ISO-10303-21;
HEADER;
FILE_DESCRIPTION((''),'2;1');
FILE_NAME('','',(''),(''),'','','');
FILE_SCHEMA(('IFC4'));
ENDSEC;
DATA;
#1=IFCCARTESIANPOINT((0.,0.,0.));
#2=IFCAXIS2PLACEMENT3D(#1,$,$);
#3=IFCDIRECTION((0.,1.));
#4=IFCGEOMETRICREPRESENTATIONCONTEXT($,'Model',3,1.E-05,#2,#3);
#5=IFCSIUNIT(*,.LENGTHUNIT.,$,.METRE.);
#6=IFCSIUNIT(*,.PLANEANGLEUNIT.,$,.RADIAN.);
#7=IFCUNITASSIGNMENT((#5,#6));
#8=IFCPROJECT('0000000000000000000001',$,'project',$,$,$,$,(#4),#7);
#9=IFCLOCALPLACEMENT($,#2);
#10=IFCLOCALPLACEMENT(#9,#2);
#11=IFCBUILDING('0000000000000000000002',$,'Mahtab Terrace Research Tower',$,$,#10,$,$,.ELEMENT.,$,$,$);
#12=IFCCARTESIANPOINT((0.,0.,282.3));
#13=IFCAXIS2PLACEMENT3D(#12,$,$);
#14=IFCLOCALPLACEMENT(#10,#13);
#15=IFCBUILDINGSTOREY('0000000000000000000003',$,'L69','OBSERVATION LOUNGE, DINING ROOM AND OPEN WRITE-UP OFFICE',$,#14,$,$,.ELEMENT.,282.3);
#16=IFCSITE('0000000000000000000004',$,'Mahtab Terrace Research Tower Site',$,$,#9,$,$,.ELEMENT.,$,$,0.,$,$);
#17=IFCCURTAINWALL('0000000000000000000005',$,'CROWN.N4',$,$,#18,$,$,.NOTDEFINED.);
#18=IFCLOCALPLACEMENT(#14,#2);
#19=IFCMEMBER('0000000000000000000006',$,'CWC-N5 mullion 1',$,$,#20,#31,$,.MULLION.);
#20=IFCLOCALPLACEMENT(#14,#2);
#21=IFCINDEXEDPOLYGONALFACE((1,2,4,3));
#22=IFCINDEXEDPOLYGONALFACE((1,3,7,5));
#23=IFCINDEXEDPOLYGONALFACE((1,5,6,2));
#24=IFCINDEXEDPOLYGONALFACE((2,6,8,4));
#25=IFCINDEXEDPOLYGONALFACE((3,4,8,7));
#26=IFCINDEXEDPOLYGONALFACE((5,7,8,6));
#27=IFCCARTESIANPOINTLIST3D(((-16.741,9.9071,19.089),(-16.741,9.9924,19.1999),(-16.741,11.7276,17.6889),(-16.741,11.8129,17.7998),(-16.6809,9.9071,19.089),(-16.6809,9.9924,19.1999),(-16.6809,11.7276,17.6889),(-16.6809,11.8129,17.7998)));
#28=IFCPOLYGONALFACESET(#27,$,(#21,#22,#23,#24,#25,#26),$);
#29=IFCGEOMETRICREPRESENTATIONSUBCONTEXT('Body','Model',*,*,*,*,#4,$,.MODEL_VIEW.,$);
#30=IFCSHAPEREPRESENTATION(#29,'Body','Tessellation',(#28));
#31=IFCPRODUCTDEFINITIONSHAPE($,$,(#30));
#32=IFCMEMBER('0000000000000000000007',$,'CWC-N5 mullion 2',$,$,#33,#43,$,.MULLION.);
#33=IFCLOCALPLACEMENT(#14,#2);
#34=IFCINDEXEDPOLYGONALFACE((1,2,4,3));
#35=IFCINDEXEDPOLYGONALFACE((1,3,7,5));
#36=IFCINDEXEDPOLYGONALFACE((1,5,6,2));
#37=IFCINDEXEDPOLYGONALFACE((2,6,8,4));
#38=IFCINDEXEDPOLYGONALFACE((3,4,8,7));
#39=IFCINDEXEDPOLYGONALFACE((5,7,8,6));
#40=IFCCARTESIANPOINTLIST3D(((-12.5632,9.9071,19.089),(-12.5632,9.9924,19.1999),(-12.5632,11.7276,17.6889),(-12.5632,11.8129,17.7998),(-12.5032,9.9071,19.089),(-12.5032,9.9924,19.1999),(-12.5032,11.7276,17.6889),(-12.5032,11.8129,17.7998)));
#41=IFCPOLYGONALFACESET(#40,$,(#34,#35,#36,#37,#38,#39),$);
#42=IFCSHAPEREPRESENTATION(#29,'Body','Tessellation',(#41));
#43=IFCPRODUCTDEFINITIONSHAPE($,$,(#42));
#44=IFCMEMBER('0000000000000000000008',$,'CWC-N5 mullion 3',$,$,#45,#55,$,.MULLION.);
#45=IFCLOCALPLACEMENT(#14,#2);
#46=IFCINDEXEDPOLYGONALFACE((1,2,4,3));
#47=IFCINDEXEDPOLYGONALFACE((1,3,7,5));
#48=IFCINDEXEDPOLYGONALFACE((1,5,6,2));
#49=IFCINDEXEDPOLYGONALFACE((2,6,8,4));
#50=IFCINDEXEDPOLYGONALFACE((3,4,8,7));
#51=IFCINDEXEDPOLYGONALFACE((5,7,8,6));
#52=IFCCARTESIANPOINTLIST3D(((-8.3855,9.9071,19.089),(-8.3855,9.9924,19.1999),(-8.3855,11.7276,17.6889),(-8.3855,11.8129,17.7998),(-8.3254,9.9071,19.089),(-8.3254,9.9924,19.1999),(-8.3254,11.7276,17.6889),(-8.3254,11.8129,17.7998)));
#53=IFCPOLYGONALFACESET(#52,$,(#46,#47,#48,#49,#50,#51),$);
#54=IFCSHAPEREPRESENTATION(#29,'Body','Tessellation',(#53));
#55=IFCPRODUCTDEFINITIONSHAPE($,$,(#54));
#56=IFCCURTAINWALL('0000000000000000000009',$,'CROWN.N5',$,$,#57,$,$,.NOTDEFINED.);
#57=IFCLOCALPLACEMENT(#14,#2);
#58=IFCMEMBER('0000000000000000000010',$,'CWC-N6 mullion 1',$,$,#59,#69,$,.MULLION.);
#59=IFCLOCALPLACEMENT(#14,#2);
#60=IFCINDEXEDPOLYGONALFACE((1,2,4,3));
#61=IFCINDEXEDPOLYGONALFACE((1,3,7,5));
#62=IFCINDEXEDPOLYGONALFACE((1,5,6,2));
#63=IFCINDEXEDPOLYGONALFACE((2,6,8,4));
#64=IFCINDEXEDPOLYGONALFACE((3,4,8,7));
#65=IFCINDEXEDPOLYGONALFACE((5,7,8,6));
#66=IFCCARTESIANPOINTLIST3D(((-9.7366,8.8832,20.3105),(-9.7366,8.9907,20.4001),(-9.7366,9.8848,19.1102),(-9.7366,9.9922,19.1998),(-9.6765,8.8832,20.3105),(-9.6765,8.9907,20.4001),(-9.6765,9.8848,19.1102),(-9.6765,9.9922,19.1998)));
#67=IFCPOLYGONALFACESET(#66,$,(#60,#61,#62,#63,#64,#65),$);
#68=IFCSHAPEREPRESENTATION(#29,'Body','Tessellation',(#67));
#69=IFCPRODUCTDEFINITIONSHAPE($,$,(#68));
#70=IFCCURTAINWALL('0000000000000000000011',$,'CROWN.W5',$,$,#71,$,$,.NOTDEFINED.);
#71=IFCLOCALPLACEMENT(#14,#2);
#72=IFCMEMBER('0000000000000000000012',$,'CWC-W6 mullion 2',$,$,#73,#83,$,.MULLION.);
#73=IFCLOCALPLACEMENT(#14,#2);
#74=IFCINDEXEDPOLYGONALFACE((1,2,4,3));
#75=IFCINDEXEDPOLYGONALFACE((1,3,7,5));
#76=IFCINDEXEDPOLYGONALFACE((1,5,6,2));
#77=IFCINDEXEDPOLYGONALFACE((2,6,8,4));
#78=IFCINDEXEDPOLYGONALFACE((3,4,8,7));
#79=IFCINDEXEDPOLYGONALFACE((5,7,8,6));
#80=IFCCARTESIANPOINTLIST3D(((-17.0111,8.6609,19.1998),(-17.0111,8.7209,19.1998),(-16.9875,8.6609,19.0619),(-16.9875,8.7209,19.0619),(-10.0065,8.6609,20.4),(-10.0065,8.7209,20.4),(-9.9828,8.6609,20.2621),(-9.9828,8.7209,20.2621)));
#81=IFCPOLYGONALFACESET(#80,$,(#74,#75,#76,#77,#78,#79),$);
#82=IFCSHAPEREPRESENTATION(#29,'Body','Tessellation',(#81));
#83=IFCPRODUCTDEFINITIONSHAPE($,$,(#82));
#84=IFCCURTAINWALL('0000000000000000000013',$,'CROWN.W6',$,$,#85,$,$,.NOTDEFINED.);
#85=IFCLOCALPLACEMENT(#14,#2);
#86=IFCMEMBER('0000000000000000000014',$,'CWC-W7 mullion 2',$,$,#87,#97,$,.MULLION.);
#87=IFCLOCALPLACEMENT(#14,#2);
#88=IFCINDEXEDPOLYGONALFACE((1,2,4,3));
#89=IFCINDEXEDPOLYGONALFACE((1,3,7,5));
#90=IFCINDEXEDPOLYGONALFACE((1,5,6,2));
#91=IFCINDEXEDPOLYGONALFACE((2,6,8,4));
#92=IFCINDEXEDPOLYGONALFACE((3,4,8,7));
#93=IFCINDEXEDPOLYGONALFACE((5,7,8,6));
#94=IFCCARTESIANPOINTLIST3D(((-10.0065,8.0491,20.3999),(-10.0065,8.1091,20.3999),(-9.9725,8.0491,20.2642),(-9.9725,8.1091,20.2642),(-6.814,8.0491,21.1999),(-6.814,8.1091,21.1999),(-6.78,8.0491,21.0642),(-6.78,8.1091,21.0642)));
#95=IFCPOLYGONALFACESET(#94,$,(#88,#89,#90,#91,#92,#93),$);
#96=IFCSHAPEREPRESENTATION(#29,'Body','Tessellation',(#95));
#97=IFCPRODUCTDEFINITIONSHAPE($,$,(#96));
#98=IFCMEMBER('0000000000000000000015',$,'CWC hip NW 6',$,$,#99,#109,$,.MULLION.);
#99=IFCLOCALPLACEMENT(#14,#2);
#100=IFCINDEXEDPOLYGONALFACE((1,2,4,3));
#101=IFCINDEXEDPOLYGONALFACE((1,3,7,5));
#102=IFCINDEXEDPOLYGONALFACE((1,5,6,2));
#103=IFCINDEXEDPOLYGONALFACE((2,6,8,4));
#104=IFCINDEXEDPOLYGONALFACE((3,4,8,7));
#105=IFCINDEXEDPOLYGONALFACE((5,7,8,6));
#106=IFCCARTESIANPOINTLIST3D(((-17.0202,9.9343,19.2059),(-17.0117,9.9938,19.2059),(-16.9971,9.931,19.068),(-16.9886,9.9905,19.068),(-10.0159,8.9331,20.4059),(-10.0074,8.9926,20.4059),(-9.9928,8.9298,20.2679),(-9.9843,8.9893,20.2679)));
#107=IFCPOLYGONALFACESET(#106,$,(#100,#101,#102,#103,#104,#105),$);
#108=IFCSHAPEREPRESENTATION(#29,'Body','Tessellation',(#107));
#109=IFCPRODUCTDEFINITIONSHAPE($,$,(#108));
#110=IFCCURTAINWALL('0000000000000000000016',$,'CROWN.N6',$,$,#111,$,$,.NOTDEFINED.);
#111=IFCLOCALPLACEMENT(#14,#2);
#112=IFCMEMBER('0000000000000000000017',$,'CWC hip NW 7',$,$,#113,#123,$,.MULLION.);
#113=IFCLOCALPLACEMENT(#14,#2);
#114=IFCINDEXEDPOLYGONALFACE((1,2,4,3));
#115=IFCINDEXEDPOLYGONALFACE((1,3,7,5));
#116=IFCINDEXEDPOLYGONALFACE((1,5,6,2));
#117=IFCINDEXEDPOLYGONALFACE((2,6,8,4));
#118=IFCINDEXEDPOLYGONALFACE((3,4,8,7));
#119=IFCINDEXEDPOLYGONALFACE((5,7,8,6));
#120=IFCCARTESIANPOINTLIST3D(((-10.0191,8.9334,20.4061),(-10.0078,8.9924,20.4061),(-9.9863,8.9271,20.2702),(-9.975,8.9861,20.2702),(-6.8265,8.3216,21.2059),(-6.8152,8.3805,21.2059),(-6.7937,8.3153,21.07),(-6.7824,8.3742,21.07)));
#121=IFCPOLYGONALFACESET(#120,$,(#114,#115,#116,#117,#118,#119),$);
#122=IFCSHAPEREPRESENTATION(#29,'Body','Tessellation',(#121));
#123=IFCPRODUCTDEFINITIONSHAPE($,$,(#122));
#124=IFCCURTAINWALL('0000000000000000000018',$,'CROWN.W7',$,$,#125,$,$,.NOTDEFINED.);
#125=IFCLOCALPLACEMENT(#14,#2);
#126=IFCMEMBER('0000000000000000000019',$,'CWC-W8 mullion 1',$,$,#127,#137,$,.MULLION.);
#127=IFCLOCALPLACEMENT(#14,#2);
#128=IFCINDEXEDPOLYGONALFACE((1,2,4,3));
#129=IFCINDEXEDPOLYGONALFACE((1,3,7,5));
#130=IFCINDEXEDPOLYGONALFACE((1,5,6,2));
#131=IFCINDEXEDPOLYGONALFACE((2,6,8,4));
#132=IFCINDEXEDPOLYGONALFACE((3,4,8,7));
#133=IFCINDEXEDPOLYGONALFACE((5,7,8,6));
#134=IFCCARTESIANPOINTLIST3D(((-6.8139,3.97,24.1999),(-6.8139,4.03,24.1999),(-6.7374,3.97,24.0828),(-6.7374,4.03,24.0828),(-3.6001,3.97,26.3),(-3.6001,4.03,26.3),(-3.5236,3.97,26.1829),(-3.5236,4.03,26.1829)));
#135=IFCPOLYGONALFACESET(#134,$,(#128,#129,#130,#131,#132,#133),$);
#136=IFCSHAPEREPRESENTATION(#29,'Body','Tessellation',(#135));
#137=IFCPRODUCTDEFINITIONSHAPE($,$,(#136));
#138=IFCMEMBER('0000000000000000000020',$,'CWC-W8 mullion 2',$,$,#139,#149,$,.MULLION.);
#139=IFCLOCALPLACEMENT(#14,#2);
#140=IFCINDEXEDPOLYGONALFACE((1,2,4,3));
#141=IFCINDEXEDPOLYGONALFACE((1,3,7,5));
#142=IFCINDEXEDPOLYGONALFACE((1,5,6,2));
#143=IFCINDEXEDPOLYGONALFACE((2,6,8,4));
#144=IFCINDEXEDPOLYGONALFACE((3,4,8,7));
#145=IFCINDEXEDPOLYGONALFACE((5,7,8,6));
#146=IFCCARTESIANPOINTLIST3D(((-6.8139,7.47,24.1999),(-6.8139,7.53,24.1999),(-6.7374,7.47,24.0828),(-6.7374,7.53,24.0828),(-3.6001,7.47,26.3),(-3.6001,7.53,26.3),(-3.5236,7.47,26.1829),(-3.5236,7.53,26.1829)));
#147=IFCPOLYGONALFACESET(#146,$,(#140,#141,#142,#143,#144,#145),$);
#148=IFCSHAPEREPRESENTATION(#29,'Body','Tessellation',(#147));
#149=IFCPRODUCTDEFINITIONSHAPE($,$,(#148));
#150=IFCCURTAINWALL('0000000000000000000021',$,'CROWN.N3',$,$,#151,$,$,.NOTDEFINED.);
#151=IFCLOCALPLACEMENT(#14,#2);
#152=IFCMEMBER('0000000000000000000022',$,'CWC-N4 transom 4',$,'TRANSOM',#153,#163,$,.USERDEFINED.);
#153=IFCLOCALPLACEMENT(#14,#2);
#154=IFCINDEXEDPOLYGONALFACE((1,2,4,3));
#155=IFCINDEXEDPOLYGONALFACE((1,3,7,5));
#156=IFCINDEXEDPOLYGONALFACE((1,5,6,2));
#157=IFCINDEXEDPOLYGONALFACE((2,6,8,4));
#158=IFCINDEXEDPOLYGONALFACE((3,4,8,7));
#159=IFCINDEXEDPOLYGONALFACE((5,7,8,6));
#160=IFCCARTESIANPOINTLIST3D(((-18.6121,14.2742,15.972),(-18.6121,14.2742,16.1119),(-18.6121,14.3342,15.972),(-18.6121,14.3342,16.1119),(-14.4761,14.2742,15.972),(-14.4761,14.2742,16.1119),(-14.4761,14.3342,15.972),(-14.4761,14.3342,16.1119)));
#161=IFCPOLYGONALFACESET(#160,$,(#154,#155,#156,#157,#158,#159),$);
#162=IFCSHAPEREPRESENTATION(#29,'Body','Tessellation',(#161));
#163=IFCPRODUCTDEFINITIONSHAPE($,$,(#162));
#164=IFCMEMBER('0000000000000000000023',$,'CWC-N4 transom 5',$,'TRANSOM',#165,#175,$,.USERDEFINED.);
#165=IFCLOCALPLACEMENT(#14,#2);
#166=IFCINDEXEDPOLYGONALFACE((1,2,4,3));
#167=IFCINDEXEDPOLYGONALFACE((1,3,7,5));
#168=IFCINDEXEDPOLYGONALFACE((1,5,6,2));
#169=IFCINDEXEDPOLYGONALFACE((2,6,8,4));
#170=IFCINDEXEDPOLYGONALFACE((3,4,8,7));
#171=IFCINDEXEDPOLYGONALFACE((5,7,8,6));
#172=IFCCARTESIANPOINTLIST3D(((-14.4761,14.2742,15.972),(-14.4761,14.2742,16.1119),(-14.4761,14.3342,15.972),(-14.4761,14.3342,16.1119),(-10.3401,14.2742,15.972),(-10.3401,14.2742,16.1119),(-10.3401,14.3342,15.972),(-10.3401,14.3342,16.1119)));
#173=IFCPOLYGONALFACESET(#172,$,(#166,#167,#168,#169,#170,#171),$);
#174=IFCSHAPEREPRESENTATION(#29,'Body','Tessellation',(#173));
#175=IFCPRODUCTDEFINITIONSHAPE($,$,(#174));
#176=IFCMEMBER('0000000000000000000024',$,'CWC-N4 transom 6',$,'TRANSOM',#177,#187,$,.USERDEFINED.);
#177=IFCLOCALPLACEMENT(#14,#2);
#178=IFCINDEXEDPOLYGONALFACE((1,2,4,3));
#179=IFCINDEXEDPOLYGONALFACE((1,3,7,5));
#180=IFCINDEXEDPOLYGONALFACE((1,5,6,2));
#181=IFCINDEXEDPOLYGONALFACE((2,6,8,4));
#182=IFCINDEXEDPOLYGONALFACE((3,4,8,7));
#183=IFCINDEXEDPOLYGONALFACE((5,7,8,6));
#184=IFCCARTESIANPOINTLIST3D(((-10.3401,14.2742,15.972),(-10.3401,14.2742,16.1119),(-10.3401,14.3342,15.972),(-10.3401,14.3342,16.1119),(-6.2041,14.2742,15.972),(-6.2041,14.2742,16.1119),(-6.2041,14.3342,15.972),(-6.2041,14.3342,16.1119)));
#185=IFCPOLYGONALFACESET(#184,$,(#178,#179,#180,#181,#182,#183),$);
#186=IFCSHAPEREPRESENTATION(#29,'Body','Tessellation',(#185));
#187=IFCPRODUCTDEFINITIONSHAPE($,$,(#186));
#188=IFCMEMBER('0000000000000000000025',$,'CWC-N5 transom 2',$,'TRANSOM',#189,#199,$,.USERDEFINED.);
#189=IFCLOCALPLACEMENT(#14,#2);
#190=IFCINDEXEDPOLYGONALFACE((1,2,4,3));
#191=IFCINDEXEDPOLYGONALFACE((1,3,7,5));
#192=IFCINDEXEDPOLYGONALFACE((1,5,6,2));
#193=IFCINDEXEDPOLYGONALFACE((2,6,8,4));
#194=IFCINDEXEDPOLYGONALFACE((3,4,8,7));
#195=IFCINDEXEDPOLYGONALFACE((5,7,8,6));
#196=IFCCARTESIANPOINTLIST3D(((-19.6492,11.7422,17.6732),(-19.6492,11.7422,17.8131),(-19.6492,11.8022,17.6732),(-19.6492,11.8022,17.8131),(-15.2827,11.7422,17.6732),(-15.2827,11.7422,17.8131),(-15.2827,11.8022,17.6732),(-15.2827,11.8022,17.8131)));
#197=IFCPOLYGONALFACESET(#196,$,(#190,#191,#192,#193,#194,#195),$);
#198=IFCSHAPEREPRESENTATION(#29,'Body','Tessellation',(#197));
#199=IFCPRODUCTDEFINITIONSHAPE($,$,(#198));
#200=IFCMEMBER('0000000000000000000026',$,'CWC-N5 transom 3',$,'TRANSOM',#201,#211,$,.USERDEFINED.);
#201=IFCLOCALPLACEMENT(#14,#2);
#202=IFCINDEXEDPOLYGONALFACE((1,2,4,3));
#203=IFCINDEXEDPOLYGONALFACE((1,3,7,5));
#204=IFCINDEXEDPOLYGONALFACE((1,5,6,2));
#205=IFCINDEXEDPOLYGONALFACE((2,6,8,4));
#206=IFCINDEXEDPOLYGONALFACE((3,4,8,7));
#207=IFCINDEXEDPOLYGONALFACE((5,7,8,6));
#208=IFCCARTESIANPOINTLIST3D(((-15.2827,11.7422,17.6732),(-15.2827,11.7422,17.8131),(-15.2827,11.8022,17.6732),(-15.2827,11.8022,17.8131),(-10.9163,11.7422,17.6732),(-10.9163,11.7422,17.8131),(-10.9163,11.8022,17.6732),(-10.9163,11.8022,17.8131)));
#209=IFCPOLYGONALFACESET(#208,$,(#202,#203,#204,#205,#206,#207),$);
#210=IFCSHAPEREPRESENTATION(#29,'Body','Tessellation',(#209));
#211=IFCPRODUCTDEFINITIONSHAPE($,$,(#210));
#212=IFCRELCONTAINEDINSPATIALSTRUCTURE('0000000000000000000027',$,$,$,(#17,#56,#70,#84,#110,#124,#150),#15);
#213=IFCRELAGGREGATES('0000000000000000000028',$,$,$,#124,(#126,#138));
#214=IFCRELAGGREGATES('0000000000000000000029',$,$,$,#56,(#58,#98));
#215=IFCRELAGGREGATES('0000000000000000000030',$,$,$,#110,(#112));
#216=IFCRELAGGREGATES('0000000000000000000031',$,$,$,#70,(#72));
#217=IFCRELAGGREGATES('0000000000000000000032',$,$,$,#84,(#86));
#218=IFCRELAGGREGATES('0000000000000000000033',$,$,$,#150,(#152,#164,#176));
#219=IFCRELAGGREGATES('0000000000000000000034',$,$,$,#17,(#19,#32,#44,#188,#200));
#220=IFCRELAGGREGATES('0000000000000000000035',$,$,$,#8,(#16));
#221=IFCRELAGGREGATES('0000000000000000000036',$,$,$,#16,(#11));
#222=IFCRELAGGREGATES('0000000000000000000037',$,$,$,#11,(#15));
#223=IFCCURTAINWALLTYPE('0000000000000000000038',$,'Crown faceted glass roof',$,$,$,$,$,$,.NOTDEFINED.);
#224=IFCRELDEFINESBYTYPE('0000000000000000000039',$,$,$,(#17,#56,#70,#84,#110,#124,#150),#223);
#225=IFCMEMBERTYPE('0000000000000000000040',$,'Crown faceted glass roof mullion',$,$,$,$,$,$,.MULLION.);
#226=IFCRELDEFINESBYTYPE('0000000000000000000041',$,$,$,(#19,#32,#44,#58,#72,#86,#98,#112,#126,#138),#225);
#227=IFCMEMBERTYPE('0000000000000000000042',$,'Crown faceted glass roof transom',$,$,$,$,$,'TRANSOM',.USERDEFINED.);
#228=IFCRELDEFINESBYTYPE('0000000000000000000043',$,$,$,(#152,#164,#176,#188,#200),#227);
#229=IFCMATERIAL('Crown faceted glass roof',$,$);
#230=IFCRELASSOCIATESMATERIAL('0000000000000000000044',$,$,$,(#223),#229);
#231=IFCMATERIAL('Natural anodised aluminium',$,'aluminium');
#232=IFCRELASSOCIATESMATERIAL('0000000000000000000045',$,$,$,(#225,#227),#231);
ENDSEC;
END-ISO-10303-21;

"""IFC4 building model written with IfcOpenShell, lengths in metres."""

from ifc_helpers import new_model, si_unit, direction, frame, origin, origin_2d, place, context, subcontext, project, spatial, rectangle, extrude, material, material_profile, profile_set, type_object, element, aggregate, save


model = new_model("IFC4")

# Units and contexts
model_context = context("Model", 3, precision=1e-05, world=origin(), true_north=direction((0.0, 1.0)))
body_context = subcontext(model_context, "Body", "Model", "MODEL_VIEW")
ifc_project = project(units=[si_unit("LENGTHUNIT", "METRE"), si_unit("PLANEANGLEUNIT", "RADIAN")], contexts=[model_context])

# Site, building, storey
site_placement = place(None, origin())
site = spatial("IfcSite", under=ifc_project, at=site_placement, Name="Mahtab Terrace Research Tower Site", CompositionType="ELEMENT", RefElevation=0.0)
building_placement = place(site_placement, origin())
building = spatial("IfcBuilding", under=site, at=building_placement, Name="Mahtab Terrace Research Tower", CompositionType="ELEMENT")
storey_placement = place(building_placement, frame((0.0, 0.0, 282.3)))
storey = spatial("IfcBuildingStorey", under=building, at=storey_placement, Name="L69", Description="OBSERVATION LOUNGE, DINING ROOM AND OPEN WRITE-UP OFFICE", CompositionType="ELEMENT", Elevation=282.3)

# Curtain wall, members
ifc_material_1 = material(Name="Crown faceted glass roof")
curtain_wall_type = type_object("IfcCurtainWallType", Name="Crown faceted glass roof", PredefinedType="NOTDEFINED", material=ifc_material_1)
curtain_wall_1_placement = place(storey_placement, origin())
curtain_wall_1 = element("IfcCurtainWall", 1, at=curtain_wall_1_placement, inside=storey, type_object=curtain_wall_type, Name="CROWN.N4", PredefinedType="NOTDEFINED")
ifc_material_2 = material(Name="Natural anodised aluminium", Category="aluminium")
ifc_material_profile_1 = material_profile(ifc_material_2, rectangle(XDim=0.0601, YDim=0.1399, at=origin_2d()), Name="MULLION 60x140")
ifc_profile_set_1 = profile_set([ifc_material_profile_1], Name="Natural anodised aluminium")
member_type_1 = type_object("IfcMemberType", Name="Crown faceted glass roof mullion", PredefinedType="MULLION", material=ifc_profile_set_1)
member_1_placement = place(storey_placement, frame((-16.7109, 11.7703, 17.7444), z_axis=(0.0, -0.792683, 0.609634), x_axis=(1.0, 0.0, 0.0)))
member_1 = element("IfcMember", 2, at=member_1_placement, type_object=member_type_1, Name="CWC-N5 mullion 1", PredefinedType="MULLION", context=body_context, shape_type="SweptSolid", body=[
    extrude(rectangle(XDim=0.0601, YDim=0.1399, at=origin_2d()), origin(), (0.0, 0.0, 1.0), 2.2966),
])
member_2_placement = place(storey_placement, frame((-12.5332, 11.7703, 17.7444), z_axis=(0.0, -0.792683, 0.609634), x_axis=(1.0, 0.0, 0.0)))
member_2 = element("IfcMember", 3, at=member_2_placement, type_object=member_type_1, Name="CWC-N5 mullion 2", PredefinedType="MULLION", context=body_context, shape_type="SweptSolid", body=[
    extrude(rectangle(XDim=0.0601, YDim=0.1399, at=origin_2d()), origin(), (0.0, 0.0, 1.0), 2.2966),
])
member_3_placement = place(storey_placement, frame((-8.3555, 11.7703, 17.7444), z_axis=(0.0, -0.792683, 0.609634), x_axis=(1.0, 0.0, 0.0)))
member_3 = element("IfcMember", 4, at=member_3_placement, type_object=member_type_1, Name="CWC-N5 mullion 3", PredefinedType="MULLION", context=body_context, shape_type="SweptSolid", body=[
    extrude(rectangle(XDim=0.0601, YDim=0.1399, at=origin_2d()), origin(), (0.0, 0.0, 1.0), 2.2966),
])

# Curtain walls, members
curtain_wall_2_placement = place(storey_placement, origin())
curtain_wall_2 = element("IfcCurtainWall", 5, at=curtain_wall_2_placement, inside=storey, type_object=curtain_wall_type, Name="CROWN.N5", PredefinedType="NOTDEFINED")
member_4_placement = place(storey_placement, frame((-9.7065, 9.9385, 19.155), z_axis=(0.0, -0.640676, 0.767811), x_axis=(1.0, 0.0, 0.0)))
member_4 = element("IfcMember", 6, at=member_4_placement, type_object=member_type_1, Name="CWC-N6 mullion 1", PredefinedType="MULLION", context=body_context, shape_type="SweptSolid", body=[
    extrude(rectangle(XDim=0.0601, YDim=0.1399, at=origin_2d()), origin(), (0.0, 0.0, 1.0), 1.5632),
])
curtain_wall_3_placement = place(storey_placement, origin())
curtain_wall_3 = element("IfcCurtainWall", 7, at=curtain_wall_3_placement, inside=storey, type_object=curtain_wall_type, Name="CROWN.W5", PredefinedType="NOTDEFINED")
member_5_placement = place(storey_placement, frame((-16.9993, 8.6909, 19.1309), z_axis=(0.985636, 0.0, 0.168882), x_axis=(0.0, 1.0, 0.0)))
member_5 = element("IfcMember", 8, at=member_5_placement, type_object=member_type_1, Name="CWC-W6 mullion 2", PredefinedType="MULLION", context=body_context, shape_type="SweptSolid", body=[
    extrude(rectangle(XDim=0.0601, YDim=0.1399, at=origin_2d()), origin(), (0.0, 0.0, 1.0), 7.1067),
])
curtain_wall_4_placement = place(storey_placement, origin())
curtain_wall_4 = element("IfcCurtainWall", 9, at=curtain_wall_4_placement, inside=storey, type_object=curtain_wall_type, Name="CROWN.W6", PredefinedType="NOTDEFINED")
member_6_placement = place(storey_placement, frame((-9.9895, 8.0791, 20.332), z_axis=(0.970007, 0.0, 0.243077), x_axis=(0.0, 1.0, 0.0)))
member_6 = element("IfcMember", 10, at=member_6_placement, type_object=member_type_1, Name="CWC-W7 mullion 2", PredefinedType="MULLION", context=body_context, shape_type="SweptSolid", body=[
    extrude(rectangle(XDim=0.0601, YDim=0.1399, at=origin_2d()), origin(), (0.0, 0.0, 1.0), 3.2913),
])

# Member
member_7_placement = place(storey_placement, frame((-17.0044, 9.9624, 19.137), z_axis=(0.976002, -0.139511, 0.167203), x_axis=(0.141503, 0.989938, 0.0)))
member_7 = element("IfcMember", 11, at=member_7_placement, type_object=member_type_1, Name="CWC hip NW 6", PredefinedType="MULLION", context=body_context, shape_type="SweptSolid", body=[
    extrude(rectangle(XDim=0.0601, YDim=0.1399, at=origin_2d()), origin(), (0.0, 0.0, 1.0), 7.1765),
])

# Curtain wall, member
curtain_wall_5_placement = place(storey_placement, origin())
curtain_wall_5 = element("IfcCurtainWall", 12, at=curtain_wall_5_placement, inside=storey, type_object=curtain_wall_type, Name="CROWN.N6", PredefinedType="NOTDEFINED")
member_8_placement = place(storey_placement, frame((-9.9971, 8.9597, 20.3381), z_axis=(0.953687, -0.182759, 0.238914), x_axis=(0.188209, 0.982129, 0.0)))
member_8 = element("IfcMember", 13, at=member_8_placement, type_object=member_type_1, Name="CWC hip NW 7", PredefinedType="MULLION", context=body_context, shape_type="SweptSolid", body=[
    extrude(rectangle(XDim=0.0601, YDim=0.1399, at=origin_2d()), origin(), (0.0, 0.0, 1.0), 3.3477),
])

# Curtain walls, members
curtain_wall_6_placement = place(storey_placement, origin())
curtain_wall_6 = element("IfcCurtainWall", 14, at=curtain_wall_6_placement, inside=storey, type_object=curtain_wall_type, Name="CROWN.W7", PredefinedType="NOTDEFINED")
member_9_placement = place(storey_placement, frame((-6.7756, 4.0, 24.1414), z_axis=(0.837122, 0.0, 0.547016), x_axis=(0.0, 1.0, 0.0)))
member_9 = element("IfcMember", 15, at=member_9_placement, type_object=member_type_1, Name="CWC-W8 mullion 1", PredefinedType="MULLION", context=body_context, shape_type="SweptSolid", body=[
    extrude(rectangle(XDim=0.0601, YDim=0.1399, at=origin_2d()), origin(), (0.0, 0.0, 1.0), 3.8391),
])
member_10_placement = place(storey_placement, frame((-6.7756, 7.5, 24.1414), z_axis=(0.837122, 0.0, 0.547016), x_axis=(0.0, 1.0, 0.0)))
member_10 = element("IfcMember", 16, at=member_10_placement, type_object=member_type_1, Name="CWC-W8 mullion 2", PredefinedType="MULLION", context=body_context, shape_type="SweptSolid", body=[
    extrude(rectangle(XDim=0.0601, YDim=0.1399, at=origin_2d()), origin(), (0.0, 0.0, 1.0), 3.8391),
])
aggregate(curtain_wall_6, [member_9, member_10])
curtain_wall_7_placement = place(storey_placement, origin())
curtain_wall_7 = element("IfcCurtainWall", 17, at=curtain_wall_7_placement, inside=storey, type_object=curtain_wall_type, Name="CROWN.N3", PredefinedType="NOTDEFINED")
ifc_material_profile_2 = material_profile(ifc_material_2, rectangle(XDim=0.0601, YDim=0.1399, at=origin_2d()), Name="TRANSOM 60x140")
ifc_profile_set_2 = profile_set([ifc_material_profile_2], Name="Natural anodised aluminium")
member_type_2 = type_object("IfcMemberType", Name="Crown faceted glass roof transom", ElementType="TRANSOM", PredefinedType="USERDEFINED", material=ifc_profile_set_2)
member_11_placement = place(storey_placement, frame((-18.6121, 14.3042, 16.042), z_axis=(1.0, 0.0, 0.0), x_axis=(0.0, 1.0, 0.0)))
member_11 = element("IfcMember", 18, at=member_11_placement, type_object=member_type_2, Name="CWC-N4 transom 4", ObjectType="TRANSOM", PredefinedType="USERDEFINED", context=body_context, shape_type="SweptSolid", body=[
    extrude(rectangle(XDim=0.0601, YDim=0.1399, at=origin_2d()), origin(), (0.0, 0.0, 1.0), 4.136),
])
member_12_placement = place(storey_placement, frame((-14.4761, 14.3042, 16.042), z_axis=(1.0, 0.0, 0.0), x_axis=(0.0, 1.0, 0.0)))
member_12 = element("IfcMember", 19, at=member_12_placement, type_object=member_type_2, Name="CWC-N4 transom 5", ObjectType="TRANSOM", PredefinedType="USERDEFINED", context=body_context, shape_type="SweptSolid", body=[
    extrude(rectangle(XDim=0.0601, YDim=0.1399, at=origin_2d()), origin(), (0.0, 0.0, 1.0), 4.136),
])
member_13_placement = place(storey_placement, frame((-10.3401, 14.3042, 16.042), z_axis=(1.0, 0.0, 0.0), x_axis=(0.0, 1.0, 0.0)))
member_13 = element("IfcMember", 20, at=member_13_placement, type_object=member_type_2, Name="CWC-N4 transom 6", ObjectType="TRANSOM", PredefinedType="USERDEFINED", context=body_context, shape_type="SweptSolid", body=[
    extrude(rectangle(XDim=0.0601, YDim=0.1399, at=origin_2d()), origin(), (0.0, 0.0, 1.0), 4.136),
])

# Members
member_14_placement = place(storey_placement, frame((-19.6492, 11.7722, 17.7432), z_axis=(1.0, 0.0, 0.0), x_axis=(0.0, 1.0, 0.0)))
member_14 = element("IfcMember", 21, at=member_14_placement, type_object=member_type_2, Name="CWC-N5 transom 2", ObjectType="TRANSOM", PredefinedType="USERDEFINED", context=body_context, shape_type="SweptSolid", body=[
    extrude(rectangle(XDim=0.0601, YDim=0.1399, at=origin_2d()), origin(), (0.0, 0.0, 1.0), 4.3665),
])
member_15_placement = place(storey_placement, frame((-15.2827, 11.7722, 17.7432), z_axis=(1.0, 0.0, 0.0), x_axis=(0.0, 1.0, 0.0)))
member_15 = element("IfcMember", 22, at=member_15_placement, type_object=member_type_2, Name="CWC-N5 transom 3", ObjectType="TRANSOM", PredefinedType="USERDEFINED", context=body_context, shape_type="SweptSolid", body=[
    extrude(rectangle(XDim=0.0601, YDim=0.1399, at=origin_2d()), origin(), (0.0, 0.0, 1.0), 4.3665),
])
aggregate(curtain_wall_2, [member_4, member_7])
aggregate(curtain_wall_5, [member_8])
aggregate(curtain_wall_3, [member_5])
aggregate(curtain_wall_4, [member_6])

aggregate(curtain_wall_7, [member_11, member_12, member_13])
aggregate(curtain_wall_1, [member_1, member_2, member_3, member_14, member_15])

save(model, "model.ifc")
